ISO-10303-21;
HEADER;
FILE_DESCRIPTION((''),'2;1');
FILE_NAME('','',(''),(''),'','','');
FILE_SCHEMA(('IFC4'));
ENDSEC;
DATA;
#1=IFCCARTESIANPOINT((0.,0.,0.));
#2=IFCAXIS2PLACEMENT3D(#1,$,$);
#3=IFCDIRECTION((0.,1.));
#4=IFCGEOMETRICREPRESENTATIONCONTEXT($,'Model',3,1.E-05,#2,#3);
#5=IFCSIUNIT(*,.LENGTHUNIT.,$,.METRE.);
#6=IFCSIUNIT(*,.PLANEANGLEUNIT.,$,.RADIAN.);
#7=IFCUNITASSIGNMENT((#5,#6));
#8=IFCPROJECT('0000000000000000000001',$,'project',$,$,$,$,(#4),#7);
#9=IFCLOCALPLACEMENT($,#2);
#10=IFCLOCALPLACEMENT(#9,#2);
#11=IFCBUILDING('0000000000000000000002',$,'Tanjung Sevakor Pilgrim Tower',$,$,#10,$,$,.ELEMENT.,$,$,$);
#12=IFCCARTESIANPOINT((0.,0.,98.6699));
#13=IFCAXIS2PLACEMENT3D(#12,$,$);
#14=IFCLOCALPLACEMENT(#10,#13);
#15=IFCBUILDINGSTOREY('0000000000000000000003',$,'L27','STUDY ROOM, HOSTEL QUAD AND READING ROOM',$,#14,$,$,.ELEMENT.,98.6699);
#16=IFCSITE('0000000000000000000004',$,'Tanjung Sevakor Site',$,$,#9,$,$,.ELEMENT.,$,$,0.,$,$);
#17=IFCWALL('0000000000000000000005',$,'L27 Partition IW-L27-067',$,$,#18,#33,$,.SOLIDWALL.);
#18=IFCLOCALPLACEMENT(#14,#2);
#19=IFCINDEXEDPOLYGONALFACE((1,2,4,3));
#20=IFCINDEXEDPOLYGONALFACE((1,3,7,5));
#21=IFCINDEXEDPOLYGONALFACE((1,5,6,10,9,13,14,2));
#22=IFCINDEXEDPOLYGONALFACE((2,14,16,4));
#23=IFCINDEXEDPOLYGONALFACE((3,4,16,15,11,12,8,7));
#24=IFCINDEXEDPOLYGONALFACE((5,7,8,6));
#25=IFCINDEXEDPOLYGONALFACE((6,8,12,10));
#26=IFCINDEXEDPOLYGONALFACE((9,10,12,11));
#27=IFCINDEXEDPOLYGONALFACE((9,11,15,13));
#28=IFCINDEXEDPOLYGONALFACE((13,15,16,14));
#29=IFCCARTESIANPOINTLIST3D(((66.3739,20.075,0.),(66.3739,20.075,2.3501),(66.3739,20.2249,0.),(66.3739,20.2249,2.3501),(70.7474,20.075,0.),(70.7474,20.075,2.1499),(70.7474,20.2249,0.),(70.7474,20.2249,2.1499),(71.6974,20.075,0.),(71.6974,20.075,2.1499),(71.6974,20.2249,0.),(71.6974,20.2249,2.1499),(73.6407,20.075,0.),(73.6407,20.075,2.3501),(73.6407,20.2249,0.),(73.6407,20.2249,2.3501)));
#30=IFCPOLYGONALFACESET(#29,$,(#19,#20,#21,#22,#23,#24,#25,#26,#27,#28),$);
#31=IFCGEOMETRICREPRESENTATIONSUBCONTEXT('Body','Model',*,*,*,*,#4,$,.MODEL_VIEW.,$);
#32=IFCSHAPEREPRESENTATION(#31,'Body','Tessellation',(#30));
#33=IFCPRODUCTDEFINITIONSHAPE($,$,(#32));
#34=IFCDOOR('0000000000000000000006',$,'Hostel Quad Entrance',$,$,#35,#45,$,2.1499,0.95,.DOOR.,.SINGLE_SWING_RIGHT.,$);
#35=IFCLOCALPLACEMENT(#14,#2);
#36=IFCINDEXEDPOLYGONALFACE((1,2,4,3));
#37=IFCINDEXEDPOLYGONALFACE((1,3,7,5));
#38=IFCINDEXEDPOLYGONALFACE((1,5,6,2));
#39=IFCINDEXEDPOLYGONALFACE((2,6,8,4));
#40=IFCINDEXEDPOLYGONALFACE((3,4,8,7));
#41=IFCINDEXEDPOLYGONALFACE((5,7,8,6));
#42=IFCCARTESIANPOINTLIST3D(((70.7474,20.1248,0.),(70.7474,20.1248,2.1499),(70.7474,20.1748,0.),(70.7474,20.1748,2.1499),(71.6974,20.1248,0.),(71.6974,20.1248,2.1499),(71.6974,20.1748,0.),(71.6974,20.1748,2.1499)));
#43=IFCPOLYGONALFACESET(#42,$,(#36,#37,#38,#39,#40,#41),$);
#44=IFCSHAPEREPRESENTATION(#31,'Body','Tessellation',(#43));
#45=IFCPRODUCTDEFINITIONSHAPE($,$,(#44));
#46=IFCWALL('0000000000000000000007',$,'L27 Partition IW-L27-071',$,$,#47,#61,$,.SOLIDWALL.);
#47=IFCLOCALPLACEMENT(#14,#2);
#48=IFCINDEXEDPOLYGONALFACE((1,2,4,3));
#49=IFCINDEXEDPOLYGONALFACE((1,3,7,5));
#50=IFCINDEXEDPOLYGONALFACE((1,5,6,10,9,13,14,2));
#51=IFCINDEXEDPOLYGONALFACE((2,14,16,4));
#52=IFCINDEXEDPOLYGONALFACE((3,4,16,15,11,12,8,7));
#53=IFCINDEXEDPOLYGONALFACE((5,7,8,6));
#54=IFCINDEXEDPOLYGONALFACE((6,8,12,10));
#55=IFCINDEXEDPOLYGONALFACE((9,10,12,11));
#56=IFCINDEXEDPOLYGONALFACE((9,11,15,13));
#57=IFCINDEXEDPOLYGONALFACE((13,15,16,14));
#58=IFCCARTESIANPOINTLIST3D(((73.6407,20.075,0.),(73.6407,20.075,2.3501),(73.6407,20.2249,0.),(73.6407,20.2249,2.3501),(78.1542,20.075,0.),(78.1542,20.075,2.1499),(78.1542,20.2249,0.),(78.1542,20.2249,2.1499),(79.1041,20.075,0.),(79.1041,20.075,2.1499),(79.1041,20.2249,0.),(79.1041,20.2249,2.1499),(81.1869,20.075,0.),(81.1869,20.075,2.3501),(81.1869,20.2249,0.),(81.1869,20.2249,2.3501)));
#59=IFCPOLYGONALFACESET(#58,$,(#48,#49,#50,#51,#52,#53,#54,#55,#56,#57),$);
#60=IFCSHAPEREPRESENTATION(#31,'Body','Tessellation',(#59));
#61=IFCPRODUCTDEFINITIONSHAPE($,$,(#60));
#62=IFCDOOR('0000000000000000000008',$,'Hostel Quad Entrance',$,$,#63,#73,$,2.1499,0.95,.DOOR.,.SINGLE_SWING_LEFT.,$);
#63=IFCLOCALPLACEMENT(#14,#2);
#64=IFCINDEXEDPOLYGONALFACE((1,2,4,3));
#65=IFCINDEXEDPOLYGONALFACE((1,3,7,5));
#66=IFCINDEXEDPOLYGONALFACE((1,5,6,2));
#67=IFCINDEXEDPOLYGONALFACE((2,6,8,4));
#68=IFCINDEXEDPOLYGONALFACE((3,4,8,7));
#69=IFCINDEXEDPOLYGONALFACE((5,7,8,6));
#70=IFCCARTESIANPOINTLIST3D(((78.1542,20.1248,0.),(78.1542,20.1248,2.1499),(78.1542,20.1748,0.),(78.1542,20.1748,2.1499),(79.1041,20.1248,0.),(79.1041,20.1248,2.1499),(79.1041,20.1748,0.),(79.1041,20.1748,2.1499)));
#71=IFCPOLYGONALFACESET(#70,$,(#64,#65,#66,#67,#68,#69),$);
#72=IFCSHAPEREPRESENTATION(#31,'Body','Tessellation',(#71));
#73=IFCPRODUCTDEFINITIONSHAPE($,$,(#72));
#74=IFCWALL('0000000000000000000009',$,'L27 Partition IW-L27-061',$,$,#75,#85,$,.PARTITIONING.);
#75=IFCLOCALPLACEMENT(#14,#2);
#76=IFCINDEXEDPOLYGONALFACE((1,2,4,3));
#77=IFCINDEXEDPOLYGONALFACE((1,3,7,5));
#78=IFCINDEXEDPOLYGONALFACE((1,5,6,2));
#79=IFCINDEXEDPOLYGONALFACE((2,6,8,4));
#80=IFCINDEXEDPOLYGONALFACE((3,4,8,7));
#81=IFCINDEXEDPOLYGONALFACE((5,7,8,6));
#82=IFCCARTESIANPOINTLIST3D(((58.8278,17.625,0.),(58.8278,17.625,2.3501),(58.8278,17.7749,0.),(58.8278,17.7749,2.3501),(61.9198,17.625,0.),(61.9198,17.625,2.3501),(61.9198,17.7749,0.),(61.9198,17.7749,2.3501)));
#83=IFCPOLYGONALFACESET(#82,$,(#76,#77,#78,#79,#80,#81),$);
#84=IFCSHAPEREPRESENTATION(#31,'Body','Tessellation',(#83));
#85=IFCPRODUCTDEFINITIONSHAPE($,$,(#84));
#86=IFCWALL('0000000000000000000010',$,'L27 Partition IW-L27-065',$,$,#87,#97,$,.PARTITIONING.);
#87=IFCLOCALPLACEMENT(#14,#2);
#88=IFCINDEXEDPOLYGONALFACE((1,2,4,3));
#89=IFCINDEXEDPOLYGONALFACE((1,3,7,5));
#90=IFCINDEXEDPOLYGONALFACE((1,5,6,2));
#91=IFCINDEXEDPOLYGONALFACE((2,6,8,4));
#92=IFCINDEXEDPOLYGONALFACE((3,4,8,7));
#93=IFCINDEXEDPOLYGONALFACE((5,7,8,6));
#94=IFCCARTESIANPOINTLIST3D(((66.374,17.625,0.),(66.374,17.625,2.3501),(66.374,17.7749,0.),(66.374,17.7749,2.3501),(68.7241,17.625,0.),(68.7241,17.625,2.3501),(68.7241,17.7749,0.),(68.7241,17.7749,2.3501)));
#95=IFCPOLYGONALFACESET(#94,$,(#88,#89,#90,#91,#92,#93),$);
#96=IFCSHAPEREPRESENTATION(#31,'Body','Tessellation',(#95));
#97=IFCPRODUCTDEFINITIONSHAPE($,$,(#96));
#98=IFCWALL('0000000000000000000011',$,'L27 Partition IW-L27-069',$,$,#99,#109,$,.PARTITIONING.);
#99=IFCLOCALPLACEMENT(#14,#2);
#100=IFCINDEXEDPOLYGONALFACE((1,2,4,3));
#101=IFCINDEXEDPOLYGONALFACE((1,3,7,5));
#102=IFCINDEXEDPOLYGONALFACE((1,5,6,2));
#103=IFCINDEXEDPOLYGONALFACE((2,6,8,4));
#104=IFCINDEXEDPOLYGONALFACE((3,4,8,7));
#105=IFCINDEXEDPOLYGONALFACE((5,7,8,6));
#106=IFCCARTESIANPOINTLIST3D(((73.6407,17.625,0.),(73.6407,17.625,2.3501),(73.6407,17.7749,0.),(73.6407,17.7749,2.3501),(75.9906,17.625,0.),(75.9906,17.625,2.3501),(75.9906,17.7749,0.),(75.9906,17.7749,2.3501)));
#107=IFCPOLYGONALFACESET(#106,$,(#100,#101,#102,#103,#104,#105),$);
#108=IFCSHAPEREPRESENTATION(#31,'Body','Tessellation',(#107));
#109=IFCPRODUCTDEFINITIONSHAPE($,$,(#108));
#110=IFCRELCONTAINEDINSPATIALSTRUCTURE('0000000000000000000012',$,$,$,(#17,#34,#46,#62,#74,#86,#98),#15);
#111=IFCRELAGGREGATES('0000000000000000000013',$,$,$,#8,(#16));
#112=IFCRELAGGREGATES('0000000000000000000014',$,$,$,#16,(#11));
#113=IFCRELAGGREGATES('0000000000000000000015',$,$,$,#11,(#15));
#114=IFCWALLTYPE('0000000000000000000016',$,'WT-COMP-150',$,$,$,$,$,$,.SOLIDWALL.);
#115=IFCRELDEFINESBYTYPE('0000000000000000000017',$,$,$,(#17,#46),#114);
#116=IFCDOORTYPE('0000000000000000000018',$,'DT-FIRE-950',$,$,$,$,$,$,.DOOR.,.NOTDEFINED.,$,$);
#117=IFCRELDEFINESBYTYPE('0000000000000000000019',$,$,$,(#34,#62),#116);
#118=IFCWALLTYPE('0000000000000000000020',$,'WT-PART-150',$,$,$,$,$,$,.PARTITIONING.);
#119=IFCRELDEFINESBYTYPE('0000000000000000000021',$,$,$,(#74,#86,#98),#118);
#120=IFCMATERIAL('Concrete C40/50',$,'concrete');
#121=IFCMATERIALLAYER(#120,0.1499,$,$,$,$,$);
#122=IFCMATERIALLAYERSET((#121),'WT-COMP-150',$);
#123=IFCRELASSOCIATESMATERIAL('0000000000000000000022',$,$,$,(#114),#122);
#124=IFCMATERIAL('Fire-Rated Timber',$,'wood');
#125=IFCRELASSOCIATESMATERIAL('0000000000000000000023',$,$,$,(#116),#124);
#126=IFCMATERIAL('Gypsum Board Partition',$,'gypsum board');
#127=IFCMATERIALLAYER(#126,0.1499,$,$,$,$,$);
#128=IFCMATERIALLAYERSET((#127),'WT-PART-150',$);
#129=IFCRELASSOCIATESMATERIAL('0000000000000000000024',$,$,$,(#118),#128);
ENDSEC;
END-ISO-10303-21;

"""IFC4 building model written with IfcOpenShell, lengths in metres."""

from ifc_helpers import new_model, si_unit, direction, frame, frame_2d, origin, place, context, subcontext, project, spatial, rectangle, extrude, material, layer, layer_set, type_object, element, fill, save


model = new_model("IFC4")

# Units and contexts
model_context = context("Model", 3, precision=1e-05, world=origin(), true_north=direction((0.0, 1.0)))
body_context = subcontext(model_context, "Body", "Model", "MODEL_VIEW")
ifc_project = project(units=[si_unit("LENGTHUNIT", "METRE"), si_unit("PLANEANGLEUNIT", "RADIAN")], contexts=[model_context])

# Site, building, storey
site_placement = place(None, origin())
site = spatial("IfcSite", under=ifc_project, at=site_placement, Name="Tanjung Sevakor Site", CompositionType="ELEMENT", RefElevation=0.0)
building_placement = place(site_placement, origin())
building = spatial("IfcBuilding", under=site, at=building_placement, Name="Tanjung Sevakor Pilgrim Tower", CompositionType="ELEMENT")
storey_placement = place(building_placement, frame((0.0, 0.0, 98.6699)))
storey = spatial("IfcBuildingStorey", under=building, at=storey_placement, Name="L27", Description="STUDY ROOM, HOSTEL QUAD AND READING ROOM", CompositionType="ELEMENT", Elevation=98.6699)

# Shared definitions
ifc_material_1 = material(Name="Concrete C40/50", Category="concrete")
ifc_layer_1 = layer(ifc_material_1, 0.1499)
ifc_layer_set_1 = layer_set([ifc_layer_1], Name="WT-COMP-150")
wall_type_1 = type_object("IfcWallType", Name="WT-COMP-150", PredefinedType="SOLIDWALL", material=ifc_layer_set_1)

# Walls, openings, doors
ifc_material_2 = material(Name="Fire-Rated Timber", Category="wood")
door_type_1 = type_object("IfcDoorType", Name="DT-FIRE-950", OperationType="NOTDEFINED", PredefinedType="DOOR", material=ifc_material_2)
wall_1_placement = place(storey_placement, frame((66.374, 20.1499, 0.0), z_axis=(0.0, 0.0, 1.0), x_axis=(1.0, 0.0, 0.0)))
wall_1 = element("IfcWall", 1, at=wall_1_placement, inside=storey, type_object=wall_type_1, Name="L27 Partition IW-L27-067", PredefinedType="SOLIDWALL", context=body_context, shape_type="SweptSolid", body=[
    extrude(rectangle(XDim=7.2668, YDim=0.1499, at=frame_2d((3.6333, 0.0))), origin(), (0.0, 0.0, 1.0), 2.3501),
])
opening_1_placement = place(wall_1_placement, frame((4.3733, 0.0, 0.0)))
opening_1 = element("IfcOpeningElement", 2, at=opening_1_placement, cuts=wall_1, PredefinedType="OPENING", context=body_context, shape_type="SweptSolid", body=[
    extrude(rectangle(XDim=0.95, YDim=2.1499, at=frame_2d((0.4751, 1.075))), frame((0.0, 0.085, 0.0), z_axis=(0.0, -1.0, 0.0), x_axis=(1.0, 0.0, 0.0)), (0.0, 0.0, 1.0), 0.1699),
])
door_1_placement = place(opening_1_placement, origin())
door_1 = element("IfcDoor", 3, at=door_1_placement, inside=storey, type_object=door_type_1, Name="Hostel Quad Entrance", OperationType="SINGLE_SWING_RIGHT", OverallHeight=2.1499, OverallWidth=0.95, PredefinedType="DOOR", context=body_context, shape_type="SweptSolid", body=[
    extrude(rectangle(XDim=0.95, YDim=2.1499, at=frame_2d((0.4751, 1.075))), frame((0.0, 0.0249, 0.0), z_axis=(0.0, -1.0, 0.0), x_axis=(1.0, 0.0, 0.0)), (0.0, 0.0, 1.0), 0.05),
])
fill(opening_1, door_1)
wall_2_placement = place(storey_placement, frame((73.6409, 20.1499, 0.0), z_axis=(0.0, 0.0, 1.0), x_axis=(1.0, 0.0, 0.0)))
wall_2 = element("IfcWall", 4, at=wall_2_placement, inside=storey, type_object=wall_type_1, Name="L27 Partition IW-L27-071", PredefinedType="SOLIDWALL", context=body_context, shape_type="SweptSolid", body=[
    extrude(rectangle(XDim=7.5461, YDim=0.1499, at=frame_2d((3.7729, 0.0))), origin(), (0.0, 0.0, 1.0), 2.3501),
])
opening_2_placement = place(wall_2_placement, frame((4.5132, 0.0, 0.0)))
opening_2 = element("IfcOpeningElement", 5, at=opening_2_placement, cuts=wall_2, PredefinedType="OPENING", context=body_context, shape_type="SweptSolid", body=[
    extrude(rectangle(XDim=0.95, YDim=2.1499, at=frame_2d((0.4751, 1.075))), frame((0.0, 0.085, 0.0), z_axis=(0.0, -1.0, 0.0), x_axis=(1.0, 0.0, 0.0)), (0.0, 0.0, 1.0), 0.1699),
])
door_2_placement = place(opening_2_placement, origin())
door_2 = element("IfcDoor", 6, at=door_2_placement, inside=storey, type_object=door_type_1, Name="Hostel Quad Entrance", OperationType="SINGLE_SWING_LEFT", OverallHeight=2.1499, OverallWidth=0.95, PredefinedType="DOOR", context=body_context, shape_type="SweptSolid", body=[
    extrude(rectangle(XDim=0.95, YDim=2.1499, at=frame_2d((0.4751, 1.075))), frame((0.0, 0.0249, 0.0), z_axis=(0.0, -1.0, 0.0), x_axis=(1.0, 0.0, 0.0)), (0.0, 0.0, 1.0), 0.05),
])
fill(opening_2, door_2)

# Walls
ifc_material_3 = material(Name="Gypsum Board Partition", Category="gypsum board")
ifc_layer_2 = layer(ifc_material_3, 0.1499)
ifc_layer_set_2 = layer_set([ifc_layer_2], Name="WT-PART-150")
wall_type_2 = type_object("IfcWallType", Name="WT-PART-150", PredefinedType="PARTITIONING", material=ifc_layer_set_2)
wall_3_placement = place(storey_placement, frame((58.8279, 17.7, 0.0), z_axis=(0.0, 0.0, 1.0), x_axis=(1.0, 0.0, 0.0)))
element("IfcWall", 7, at=wall_3_placement, inside=storey, type_object=wall_type_2, Name="L27 Partition IW-L27-061", PredefinedType="PARTITIONING", context=body_context, shape_type="SweptSolid", body=[
    extrude(rectangle(XDim=3.092, YDim=0.1499, at=frame_2d((1.5459, 0.0))), origin(), (0.0, 0.0, 1.0), 2.3501),
])
wall_4_placement = place(storey_placement, frame((66.374, 17.7, 0.0), z_axis=(0.0, 0.0, 1.0), x_axis=(1.0, 0.0, 0.0)))
element("IfcWall", 8, at=wall_4_placement, inside=storey, type_object=wall_type_2, Name="L27 Partition IW-L27-065", PredefinedType="PARTITIONING", context=body_context, shape_type="SweptSolid", body=[
    extrude(rectangle(XDim=2.3501, YDim=0.1499, at=frame_2d((1.175, 0.0))), origin(), (0.0, 0.0, 1.0), 2.3501),
])
wall_5_placement = place(storey_placement, frame((73.6409, 17.7, 0.0), z_axis=(0.0, 0.0, 1.0), x_axis=(1.0, 0.0, 0.0)))
element("IfcWall", 9, at=wall_5_placement, inside=storey, type_object=wall_type_2, Name="L27 Partition IW-L27-069", PredefinedType="PARTITIONING", context=body_context, shape_type="SweptSolid", body=[
    extrude(rectangle(XDim=2.3499, YDim=0.1499, at=frame_2d((1.1748, 0.0))), origin(), (0.0, 0.0, 1.0), 2.3501),
])

save(model, "model.ifc")
